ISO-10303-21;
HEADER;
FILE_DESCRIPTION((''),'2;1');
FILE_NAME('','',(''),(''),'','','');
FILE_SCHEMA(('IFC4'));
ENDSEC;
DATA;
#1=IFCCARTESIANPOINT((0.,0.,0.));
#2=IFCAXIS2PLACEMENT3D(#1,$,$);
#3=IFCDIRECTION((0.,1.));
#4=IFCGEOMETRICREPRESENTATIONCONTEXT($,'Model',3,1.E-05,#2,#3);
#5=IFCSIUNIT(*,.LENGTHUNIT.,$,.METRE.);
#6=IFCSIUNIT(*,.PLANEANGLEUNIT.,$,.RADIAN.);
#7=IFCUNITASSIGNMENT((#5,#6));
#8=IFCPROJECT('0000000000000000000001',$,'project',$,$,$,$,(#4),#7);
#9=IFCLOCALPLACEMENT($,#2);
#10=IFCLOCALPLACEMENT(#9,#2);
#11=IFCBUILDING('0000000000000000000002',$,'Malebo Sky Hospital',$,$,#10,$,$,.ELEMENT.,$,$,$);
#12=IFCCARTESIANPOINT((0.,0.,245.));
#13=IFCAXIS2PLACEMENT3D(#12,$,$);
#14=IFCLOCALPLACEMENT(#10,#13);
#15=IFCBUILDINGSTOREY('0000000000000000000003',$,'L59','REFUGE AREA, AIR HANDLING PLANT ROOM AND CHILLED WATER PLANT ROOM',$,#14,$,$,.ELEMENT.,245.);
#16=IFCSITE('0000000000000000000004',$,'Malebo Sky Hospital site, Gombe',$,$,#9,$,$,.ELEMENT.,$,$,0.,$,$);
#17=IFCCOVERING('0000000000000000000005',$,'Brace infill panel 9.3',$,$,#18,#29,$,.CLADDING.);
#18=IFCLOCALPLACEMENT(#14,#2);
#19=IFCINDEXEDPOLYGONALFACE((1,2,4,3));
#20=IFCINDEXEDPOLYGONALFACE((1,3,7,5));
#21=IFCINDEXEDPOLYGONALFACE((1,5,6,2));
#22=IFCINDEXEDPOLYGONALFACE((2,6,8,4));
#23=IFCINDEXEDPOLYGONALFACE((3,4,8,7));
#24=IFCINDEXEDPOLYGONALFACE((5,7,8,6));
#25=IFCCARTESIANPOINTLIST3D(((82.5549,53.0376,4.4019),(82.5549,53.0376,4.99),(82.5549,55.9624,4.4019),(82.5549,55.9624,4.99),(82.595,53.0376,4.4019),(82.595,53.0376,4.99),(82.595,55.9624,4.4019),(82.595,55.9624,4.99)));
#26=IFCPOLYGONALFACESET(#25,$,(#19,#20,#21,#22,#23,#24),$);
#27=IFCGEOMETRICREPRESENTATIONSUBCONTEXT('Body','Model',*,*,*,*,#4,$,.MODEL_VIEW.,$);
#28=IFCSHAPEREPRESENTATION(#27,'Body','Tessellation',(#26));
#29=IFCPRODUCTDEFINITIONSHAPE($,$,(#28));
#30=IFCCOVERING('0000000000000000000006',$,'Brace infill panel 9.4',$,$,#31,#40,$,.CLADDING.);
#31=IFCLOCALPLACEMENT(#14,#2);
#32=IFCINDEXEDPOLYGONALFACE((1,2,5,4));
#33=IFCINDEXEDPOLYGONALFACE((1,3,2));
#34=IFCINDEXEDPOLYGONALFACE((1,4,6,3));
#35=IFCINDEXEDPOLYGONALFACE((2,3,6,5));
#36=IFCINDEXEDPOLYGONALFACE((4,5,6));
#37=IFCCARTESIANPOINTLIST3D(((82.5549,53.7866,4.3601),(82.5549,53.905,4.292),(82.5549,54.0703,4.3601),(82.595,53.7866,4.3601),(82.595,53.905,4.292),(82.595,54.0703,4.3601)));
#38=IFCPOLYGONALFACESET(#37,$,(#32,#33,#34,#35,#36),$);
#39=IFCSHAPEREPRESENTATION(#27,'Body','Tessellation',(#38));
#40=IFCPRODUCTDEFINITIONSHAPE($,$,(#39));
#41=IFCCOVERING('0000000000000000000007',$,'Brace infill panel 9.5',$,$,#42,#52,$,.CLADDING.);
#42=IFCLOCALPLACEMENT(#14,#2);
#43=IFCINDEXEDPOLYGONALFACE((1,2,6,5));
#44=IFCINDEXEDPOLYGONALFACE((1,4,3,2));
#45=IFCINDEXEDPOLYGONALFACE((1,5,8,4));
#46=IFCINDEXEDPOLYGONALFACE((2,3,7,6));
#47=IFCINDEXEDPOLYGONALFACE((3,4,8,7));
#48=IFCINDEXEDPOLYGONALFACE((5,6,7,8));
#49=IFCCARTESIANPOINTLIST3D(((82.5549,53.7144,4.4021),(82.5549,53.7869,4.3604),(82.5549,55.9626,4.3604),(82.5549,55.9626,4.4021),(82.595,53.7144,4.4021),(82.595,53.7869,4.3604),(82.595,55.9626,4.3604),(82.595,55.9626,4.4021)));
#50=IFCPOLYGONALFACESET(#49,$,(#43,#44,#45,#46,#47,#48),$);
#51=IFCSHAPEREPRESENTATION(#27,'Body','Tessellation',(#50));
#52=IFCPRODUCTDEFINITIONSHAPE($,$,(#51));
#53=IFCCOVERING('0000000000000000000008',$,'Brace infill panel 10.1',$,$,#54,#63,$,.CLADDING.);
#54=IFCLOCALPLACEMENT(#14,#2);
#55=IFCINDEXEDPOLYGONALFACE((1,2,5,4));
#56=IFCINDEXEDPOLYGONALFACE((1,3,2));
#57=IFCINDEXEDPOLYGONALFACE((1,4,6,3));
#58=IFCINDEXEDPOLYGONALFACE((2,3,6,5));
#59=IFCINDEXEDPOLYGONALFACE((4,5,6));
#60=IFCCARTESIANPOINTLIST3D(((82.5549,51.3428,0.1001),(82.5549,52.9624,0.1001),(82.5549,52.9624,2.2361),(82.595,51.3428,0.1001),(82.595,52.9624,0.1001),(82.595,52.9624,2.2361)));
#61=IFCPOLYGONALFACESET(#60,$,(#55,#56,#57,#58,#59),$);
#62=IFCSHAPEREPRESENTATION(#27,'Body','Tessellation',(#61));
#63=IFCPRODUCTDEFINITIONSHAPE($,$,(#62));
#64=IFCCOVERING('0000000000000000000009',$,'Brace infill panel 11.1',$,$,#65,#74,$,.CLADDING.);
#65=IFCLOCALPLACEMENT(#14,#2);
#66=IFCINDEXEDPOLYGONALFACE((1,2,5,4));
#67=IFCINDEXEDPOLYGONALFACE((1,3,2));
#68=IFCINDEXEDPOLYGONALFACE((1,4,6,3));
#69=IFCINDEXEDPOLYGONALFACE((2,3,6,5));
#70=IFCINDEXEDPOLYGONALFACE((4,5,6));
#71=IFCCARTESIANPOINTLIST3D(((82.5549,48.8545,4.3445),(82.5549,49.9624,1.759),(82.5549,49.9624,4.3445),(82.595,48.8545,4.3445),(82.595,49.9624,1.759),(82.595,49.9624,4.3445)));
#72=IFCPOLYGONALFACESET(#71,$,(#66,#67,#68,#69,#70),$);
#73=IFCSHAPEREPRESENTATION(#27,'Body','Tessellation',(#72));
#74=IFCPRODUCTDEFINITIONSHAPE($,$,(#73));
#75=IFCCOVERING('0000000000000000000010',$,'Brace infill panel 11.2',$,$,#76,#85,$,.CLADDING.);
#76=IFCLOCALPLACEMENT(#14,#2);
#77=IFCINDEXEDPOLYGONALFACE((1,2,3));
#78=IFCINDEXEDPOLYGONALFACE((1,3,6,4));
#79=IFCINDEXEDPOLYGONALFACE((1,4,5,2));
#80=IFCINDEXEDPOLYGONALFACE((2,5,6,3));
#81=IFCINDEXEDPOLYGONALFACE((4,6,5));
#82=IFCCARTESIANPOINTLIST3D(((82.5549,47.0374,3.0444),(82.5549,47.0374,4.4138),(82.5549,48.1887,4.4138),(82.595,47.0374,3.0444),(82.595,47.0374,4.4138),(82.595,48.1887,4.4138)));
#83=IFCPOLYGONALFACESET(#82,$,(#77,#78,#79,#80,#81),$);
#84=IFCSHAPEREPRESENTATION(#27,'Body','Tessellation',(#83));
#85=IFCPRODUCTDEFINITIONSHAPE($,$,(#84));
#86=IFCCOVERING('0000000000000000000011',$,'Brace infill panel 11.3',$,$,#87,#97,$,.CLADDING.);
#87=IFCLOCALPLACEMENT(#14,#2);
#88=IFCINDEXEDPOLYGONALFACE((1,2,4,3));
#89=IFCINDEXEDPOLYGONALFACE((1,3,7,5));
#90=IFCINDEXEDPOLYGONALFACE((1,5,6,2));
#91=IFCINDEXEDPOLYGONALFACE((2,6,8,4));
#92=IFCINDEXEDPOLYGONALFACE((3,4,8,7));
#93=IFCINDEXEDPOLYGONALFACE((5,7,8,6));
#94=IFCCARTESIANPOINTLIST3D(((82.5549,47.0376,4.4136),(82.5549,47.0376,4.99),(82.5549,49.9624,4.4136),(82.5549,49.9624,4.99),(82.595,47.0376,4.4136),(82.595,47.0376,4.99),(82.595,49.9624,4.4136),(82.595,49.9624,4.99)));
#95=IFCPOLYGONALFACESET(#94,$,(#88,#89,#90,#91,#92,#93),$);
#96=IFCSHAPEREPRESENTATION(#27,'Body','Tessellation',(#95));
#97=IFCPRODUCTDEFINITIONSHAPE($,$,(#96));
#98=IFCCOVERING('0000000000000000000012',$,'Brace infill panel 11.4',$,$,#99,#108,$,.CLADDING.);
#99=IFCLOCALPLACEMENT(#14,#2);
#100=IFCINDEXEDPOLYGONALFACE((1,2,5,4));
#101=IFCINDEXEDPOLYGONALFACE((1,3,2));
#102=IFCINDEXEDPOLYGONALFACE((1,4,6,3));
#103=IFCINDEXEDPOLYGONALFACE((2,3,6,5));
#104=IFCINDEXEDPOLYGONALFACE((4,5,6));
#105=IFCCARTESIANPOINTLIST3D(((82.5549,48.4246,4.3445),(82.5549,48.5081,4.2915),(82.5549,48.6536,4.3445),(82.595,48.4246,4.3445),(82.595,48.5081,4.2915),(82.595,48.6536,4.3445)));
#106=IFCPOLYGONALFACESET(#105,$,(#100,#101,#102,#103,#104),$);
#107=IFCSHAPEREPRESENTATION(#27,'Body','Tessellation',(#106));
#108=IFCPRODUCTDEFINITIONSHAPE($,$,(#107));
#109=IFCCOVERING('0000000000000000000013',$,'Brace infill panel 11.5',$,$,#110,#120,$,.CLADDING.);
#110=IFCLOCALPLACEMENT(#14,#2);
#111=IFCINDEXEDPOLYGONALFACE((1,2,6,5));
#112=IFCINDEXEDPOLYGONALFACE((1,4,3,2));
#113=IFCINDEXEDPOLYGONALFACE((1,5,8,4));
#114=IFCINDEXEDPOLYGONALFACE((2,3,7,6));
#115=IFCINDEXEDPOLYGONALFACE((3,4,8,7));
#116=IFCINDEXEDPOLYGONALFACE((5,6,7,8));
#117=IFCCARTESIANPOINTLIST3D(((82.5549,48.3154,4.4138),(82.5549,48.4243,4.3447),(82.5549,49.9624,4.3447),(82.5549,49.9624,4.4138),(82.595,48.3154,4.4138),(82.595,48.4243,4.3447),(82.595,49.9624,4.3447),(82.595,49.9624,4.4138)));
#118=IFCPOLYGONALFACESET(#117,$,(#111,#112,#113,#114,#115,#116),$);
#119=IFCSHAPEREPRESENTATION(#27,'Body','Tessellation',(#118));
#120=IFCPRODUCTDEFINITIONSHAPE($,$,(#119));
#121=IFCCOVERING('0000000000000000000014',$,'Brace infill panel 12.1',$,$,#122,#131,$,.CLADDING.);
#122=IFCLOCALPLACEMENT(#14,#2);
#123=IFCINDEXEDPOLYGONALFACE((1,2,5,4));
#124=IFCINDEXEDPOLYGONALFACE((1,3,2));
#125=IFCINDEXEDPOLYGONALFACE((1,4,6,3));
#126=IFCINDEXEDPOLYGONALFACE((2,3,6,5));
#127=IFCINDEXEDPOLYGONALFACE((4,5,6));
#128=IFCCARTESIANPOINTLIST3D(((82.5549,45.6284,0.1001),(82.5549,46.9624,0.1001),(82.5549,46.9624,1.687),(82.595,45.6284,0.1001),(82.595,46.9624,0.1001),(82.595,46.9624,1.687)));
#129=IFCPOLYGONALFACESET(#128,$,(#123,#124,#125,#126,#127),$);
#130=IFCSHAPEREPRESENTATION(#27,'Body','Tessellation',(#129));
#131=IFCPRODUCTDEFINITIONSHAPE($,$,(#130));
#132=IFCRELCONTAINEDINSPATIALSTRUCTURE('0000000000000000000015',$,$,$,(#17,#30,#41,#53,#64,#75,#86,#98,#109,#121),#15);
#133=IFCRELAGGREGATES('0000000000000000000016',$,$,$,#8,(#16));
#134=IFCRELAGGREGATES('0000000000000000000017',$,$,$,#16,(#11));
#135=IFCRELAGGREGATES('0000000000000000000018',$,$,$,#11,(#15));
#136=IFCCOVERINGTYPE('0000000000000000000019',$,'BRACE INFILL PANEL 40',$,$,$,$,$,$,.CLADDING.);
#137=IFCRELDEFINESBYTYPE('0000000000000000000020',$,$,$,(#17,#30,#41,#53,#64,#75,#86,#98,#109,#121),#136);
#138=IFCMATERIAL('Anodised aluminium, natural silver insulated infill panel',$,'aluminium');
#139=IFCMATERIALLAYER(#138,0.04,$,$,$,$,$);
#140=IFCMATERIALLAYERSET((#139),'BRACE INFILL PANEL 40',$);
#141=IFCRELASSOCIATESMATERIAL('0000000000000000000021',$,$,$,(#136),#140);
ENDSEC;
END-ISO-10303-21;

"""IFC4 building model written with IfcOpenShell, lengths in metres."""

from ifc_helpers import new_model, si_unit, direction, frame, origin, place, context, subcontext, project, spatial, polyline, outline, extrude, material, layer, layer_set, type_object, element, save


model = new_model("IFC4")

# Units and contexts
model_context = context("Model", 3, precision=1e-05, world=origin(), true_north=direction((0.0, 1.0)))
body_context = subcontext(model_context, "Body", "Model", "MODEL_VIEW")
ifc_project = project(units=[si_unit("LENGTHUNIT", "METRE"), si_unit("PLANEANGLEUNIT", "RADIAN")], contexts=[model_context])

# Site, building, storey
site_placement = place(None, origin())
site = spatial("IfcSite", under=ifc_project, at=site_placement, Name="Malebo Sky Hospital site, Gombe", CompositionType="ELEMENT", RefElevation=0.0)
building_placement = place(site_placement, origin())
building = spatial("IfcBuilding", under=site, at=building_placement, Name="Malebo Sky Hospital", CompositionType="ELEMENT")
storey_placement = place(building_placement, frame((0.0, 0.0, 245.0)))
storey = spatial("IfcBuildingStorey", under=building, at=storey_placement, Name="L59", Description="REFUGE AREA, AIR HANDLING PLANT ROOM AND CHILLED WATER PLANT ROOM", CompositionType="ELEMENT", Elevation=245.0)

# Coverings
ifc_material_1 = material(Name="Anodised aluminium, natural silver insulated infill panel", Category="aluminium")
ifc_layer_1 = layer(ifc_material_1, 0.04)
ifc_layer_set_1 = layer_set([ifc_layer_1], Name="BRACE INFILL PANEL 40")
covering_type = type_object("IfcCoveringType", Name="BRACE INFILL PANEL 40", PredefinedType="CLADDING", material=ifc_layer_set_1)
covering_1_placement = place(storey_placement, frame((82.575, 54.5, 4.4019), z_axis=(0.0, 0.0, 1.0), x_axis=(0.0, -1.0, 0.0)))
element("IfcCovering", 1, at=covering_1_placement, inside=storey, type_object=covering_type, Name="Brace infill panel 9.3", PredefinedType="CLADDING", context=body_context, shape_type="SweptSolid", body=[
    extrude(outline(polyline([(-1.4624, 0.0), (1.4624, 0.0), (1.4624, 0.5881), (-1.4624, 0.5881), (-1.4624, 0.0)])), frame((0.0, 0.02, 0.0), z_axis=(0.0, -1.0, 0.0), x_axis=(1.0, 0.0, 0.0)), (0.0, 0.0, 1.0), 0.04),
])
covering_2_placement = place(storey_placement, frame((82.575, 53.9285, 4.292), z_axis=(0.0, 0.0, 1.0), x_axis=(0.0, -1.0, 0.0)))
element("IfcCovering", 2, at=covering_2_placement, inside=storey, type_object=covering_type, Name="Brace infill panel 9.4", PredefinedType="CLADDING", context=body_context, shape_type="SweptSolid", body=[
    extrude(outline(polyline([(0.0234, 0.0), (0.1418, 0.0681), (-0.1418, 0.0681), (0.0234, 0.0)])), frame((0.0, 0.02, 0.0), z_axis=(0.0, -1.0, 0.0), x_axis=(1.0, 0.0, 0.0)), (0.0, 0.0, 1.0), 0.04),
])
covering_3_placement = place(storey_placement, frame((82.575, 54.8384, 4.3604), z_axis=(0.0, 0.0, 1.0), x_axis=(0.0, -1.0, 0.0)))
element("IfcCovering", 3, at=covering_3_placement, inside=storey, type_object=covering_type, Name="Brace infill panel 9.5", PredefinedType="CLADDING", context=body_context, shape_type="SweptSolid", body=[
    extrude(outline(polyline([(-1.1243, 0.0), (1.0515, 0.0), (1.124, 0.0417), (-1.1243, 0.0417), (-1.1243, 0.0)])), frame((0.0, 0.02, 0.0), z_axis=(0.0, -1.0, 0.0), x_axis=(1.0, 0.0, 0.0)), (0.0, 0.0, 1.0), 0.04),
])
covering_4_placement = place(storey_placement, frame((82.575, 52.1526, 0.1001), z_axis=(0.0, 0.0, 1.0), x_axis=(0.0, -1.0, 0.0)))
element("IfcCovering", 4, at=covering_4_placement, inside=storey, type_object=covering_type, Name="Brace infill panel 10.1", PredefinedType="CLADDING", context=body_context, shape_type="SweptSolid", body=[
    extrude(outline(polyline([(-0.8098, 0.0), (0.8098, 0.0), (-0.8098, 2.136), (-0.8098, 0.0)])), frame((0.0, 0.02, 0.0), z_axis=(0.0, -1.0, 0.0), x_axis=(1.0, 0.0, 0.0)), (0.0, 0.0, 1.0), 0.04),
])
covering_5_placement = place(storey_placement, frame((82.575, 49.4084, 1.759), z_axis=(0.0, 0.0, 1.0), x_axis=(0.0, -1.0, 0.0)))
element("IfcCovering", 5, at=covering_5_placement, inside=storey, type_object=covering_type, Name="Brace infill panel 11.1", PredefinedType="CLADDING", context=body_context, shape_type="SweptSolid", body=[
    extrude(outline(polyline([(-0.554, 0.0), (0.554, 2.5854), (-0.554, 2.5854), (-0.554, 0.0)])), frame((0.0, 0.02, 0.0), z_axis=(0.0, -1.0, 0.0), x_axis=(1.0, 0.0, 0.0)), (0.0, 0.0, 1.0), 0.04),
])
covering_6_placement = place(storey_placement, frame((82.575, 47.613, 3.0444), z_axis=(0.0, 0.0, 1.0), x_axis=(0.0, -1.0, 0.0)))
element("IfcCovering", 6, at=covering_6_placement, inside=storey, type_object=covering_type, Name="Brace infill panel 11.2", PredefinedType="CLADDING", context=body_context, shape_type="SweptSolid", body=[
    extrude(outline(polyline([(0.5757, 0.0), (0.5757, 1.3694), (-0.5757, 1.3694), (0.5757, 0.0)])), frame((0.0, 0.02, 0.0), z_axis=(0.0, -1.0, 0.0), x_axis=(1.0, 0.0, 0.0)), (0.0, 0.0, 1.0), 0.04),
])
covering_7_placement = place(storey_placement, frame((82.575, 48.5, 4.4136), z_axis=(0.0, 0.0, 1.0), x_axis=(0.0, -1.0, 0.0)))
element("IfcCovering", 7, at=covering_7_placement, inside=storey, type_object=covering_type, Name="Brace infill panel 11.3", PredefinedType="CLADDING", context=body_context, shape_type="SweptSolid", body=[
    extrude(outline(polyline([(-1.4624, 0.0), (1.4624, 0.0), (1.4624, 0.5764), (-1.4624, 0.5764), (-1.4624, 0.0)])), frame((0.0, 0.02, 0.0), z_axis=(0.0, -1.0, 0.0), x_axis=(1.0, 0.0, 0.0)), (0.0, 0.0, 1.0), 0.04),
])
covering_8_placement = place(storey_placement, frame((82.575, 48.5391, 4.2915), z_axis=(0.0, 0.0, 1.0), x_axis=(0.0, -1.0, 0.0)))
element("IfcCovering", 8, at=covering_8_placement, inside=storey, type_object=covering_type, Name="Brace infill panel 11.4", PredefinedType="CLADDING", context=body_context, shape_type="SweptSolid", body=[
    extrude(outline(polyline([(0.031, 0.0), (0.1145, 0.053), (-0.1145, 0.053), (0.031, 0.0)])), frame((0.0, 0.02, 0.0), z_axis=(0.0, -1.0, 0.0), x_axis=(1.0, 0.0, 0.0)), (0.0, 0.0, 1.0), 0.04),
])
covering_9_placement = place(storey_placement, frame((82.575, 49.1389, 4.3447), z_axis=(0.0, 0.0, 1.0), x_axis=(0.0, -1.0, 0.0)))
element("IfcCovering", 9, at=covering_9_placement, inside=storey, type_object=covering_type, Name="Brace infill panel 11.5", PredefinedType="CLADDING", context=body_context, shape_type="SweptSolid", body=[
    extrude(outline(polyline([(-0.8235, 0.0), (0.7146, 0.0), (0.8235, 0.0691), (-0.8235, 0.0691), (-0.8235, 0.0)])), frame((0.0, 0.02, 0.0), z_axis=(0.0, -1.0, 0.0), x_axis=(1.0, 0.0, 0.0)), (0.0, 0.0, 1.0), 0.04),
])
covering_10_placement = place(storey_placement, frame((82.575, 46.2954, 0.1001), z_axis=(0.0, 0.0, 1.0), x_axis=(0.0, -1.0, 0.0)))
element("IfcCovering", 10, at=covering_10_placement, inside=storey, type_object=covering_type, Name="Brace infill panel 12.1", PredefinedType="CLADDING", context=body_context, shape_type="SweptSolid", body=[
    extrude(outline(polyline([(-0.667, 0.0), (0.667, 0.0), (-0.667, 1.5869), (-0.667, 0.0)])), frame((0.0, 0.02, 0.0), z_axis=(0.0, -1.0, 0.0), x_axis=(1.0, 0.0, 0.0)), (0.0, 0.0, 1.0), 0.04),
])

save(model, "model.ifc")
